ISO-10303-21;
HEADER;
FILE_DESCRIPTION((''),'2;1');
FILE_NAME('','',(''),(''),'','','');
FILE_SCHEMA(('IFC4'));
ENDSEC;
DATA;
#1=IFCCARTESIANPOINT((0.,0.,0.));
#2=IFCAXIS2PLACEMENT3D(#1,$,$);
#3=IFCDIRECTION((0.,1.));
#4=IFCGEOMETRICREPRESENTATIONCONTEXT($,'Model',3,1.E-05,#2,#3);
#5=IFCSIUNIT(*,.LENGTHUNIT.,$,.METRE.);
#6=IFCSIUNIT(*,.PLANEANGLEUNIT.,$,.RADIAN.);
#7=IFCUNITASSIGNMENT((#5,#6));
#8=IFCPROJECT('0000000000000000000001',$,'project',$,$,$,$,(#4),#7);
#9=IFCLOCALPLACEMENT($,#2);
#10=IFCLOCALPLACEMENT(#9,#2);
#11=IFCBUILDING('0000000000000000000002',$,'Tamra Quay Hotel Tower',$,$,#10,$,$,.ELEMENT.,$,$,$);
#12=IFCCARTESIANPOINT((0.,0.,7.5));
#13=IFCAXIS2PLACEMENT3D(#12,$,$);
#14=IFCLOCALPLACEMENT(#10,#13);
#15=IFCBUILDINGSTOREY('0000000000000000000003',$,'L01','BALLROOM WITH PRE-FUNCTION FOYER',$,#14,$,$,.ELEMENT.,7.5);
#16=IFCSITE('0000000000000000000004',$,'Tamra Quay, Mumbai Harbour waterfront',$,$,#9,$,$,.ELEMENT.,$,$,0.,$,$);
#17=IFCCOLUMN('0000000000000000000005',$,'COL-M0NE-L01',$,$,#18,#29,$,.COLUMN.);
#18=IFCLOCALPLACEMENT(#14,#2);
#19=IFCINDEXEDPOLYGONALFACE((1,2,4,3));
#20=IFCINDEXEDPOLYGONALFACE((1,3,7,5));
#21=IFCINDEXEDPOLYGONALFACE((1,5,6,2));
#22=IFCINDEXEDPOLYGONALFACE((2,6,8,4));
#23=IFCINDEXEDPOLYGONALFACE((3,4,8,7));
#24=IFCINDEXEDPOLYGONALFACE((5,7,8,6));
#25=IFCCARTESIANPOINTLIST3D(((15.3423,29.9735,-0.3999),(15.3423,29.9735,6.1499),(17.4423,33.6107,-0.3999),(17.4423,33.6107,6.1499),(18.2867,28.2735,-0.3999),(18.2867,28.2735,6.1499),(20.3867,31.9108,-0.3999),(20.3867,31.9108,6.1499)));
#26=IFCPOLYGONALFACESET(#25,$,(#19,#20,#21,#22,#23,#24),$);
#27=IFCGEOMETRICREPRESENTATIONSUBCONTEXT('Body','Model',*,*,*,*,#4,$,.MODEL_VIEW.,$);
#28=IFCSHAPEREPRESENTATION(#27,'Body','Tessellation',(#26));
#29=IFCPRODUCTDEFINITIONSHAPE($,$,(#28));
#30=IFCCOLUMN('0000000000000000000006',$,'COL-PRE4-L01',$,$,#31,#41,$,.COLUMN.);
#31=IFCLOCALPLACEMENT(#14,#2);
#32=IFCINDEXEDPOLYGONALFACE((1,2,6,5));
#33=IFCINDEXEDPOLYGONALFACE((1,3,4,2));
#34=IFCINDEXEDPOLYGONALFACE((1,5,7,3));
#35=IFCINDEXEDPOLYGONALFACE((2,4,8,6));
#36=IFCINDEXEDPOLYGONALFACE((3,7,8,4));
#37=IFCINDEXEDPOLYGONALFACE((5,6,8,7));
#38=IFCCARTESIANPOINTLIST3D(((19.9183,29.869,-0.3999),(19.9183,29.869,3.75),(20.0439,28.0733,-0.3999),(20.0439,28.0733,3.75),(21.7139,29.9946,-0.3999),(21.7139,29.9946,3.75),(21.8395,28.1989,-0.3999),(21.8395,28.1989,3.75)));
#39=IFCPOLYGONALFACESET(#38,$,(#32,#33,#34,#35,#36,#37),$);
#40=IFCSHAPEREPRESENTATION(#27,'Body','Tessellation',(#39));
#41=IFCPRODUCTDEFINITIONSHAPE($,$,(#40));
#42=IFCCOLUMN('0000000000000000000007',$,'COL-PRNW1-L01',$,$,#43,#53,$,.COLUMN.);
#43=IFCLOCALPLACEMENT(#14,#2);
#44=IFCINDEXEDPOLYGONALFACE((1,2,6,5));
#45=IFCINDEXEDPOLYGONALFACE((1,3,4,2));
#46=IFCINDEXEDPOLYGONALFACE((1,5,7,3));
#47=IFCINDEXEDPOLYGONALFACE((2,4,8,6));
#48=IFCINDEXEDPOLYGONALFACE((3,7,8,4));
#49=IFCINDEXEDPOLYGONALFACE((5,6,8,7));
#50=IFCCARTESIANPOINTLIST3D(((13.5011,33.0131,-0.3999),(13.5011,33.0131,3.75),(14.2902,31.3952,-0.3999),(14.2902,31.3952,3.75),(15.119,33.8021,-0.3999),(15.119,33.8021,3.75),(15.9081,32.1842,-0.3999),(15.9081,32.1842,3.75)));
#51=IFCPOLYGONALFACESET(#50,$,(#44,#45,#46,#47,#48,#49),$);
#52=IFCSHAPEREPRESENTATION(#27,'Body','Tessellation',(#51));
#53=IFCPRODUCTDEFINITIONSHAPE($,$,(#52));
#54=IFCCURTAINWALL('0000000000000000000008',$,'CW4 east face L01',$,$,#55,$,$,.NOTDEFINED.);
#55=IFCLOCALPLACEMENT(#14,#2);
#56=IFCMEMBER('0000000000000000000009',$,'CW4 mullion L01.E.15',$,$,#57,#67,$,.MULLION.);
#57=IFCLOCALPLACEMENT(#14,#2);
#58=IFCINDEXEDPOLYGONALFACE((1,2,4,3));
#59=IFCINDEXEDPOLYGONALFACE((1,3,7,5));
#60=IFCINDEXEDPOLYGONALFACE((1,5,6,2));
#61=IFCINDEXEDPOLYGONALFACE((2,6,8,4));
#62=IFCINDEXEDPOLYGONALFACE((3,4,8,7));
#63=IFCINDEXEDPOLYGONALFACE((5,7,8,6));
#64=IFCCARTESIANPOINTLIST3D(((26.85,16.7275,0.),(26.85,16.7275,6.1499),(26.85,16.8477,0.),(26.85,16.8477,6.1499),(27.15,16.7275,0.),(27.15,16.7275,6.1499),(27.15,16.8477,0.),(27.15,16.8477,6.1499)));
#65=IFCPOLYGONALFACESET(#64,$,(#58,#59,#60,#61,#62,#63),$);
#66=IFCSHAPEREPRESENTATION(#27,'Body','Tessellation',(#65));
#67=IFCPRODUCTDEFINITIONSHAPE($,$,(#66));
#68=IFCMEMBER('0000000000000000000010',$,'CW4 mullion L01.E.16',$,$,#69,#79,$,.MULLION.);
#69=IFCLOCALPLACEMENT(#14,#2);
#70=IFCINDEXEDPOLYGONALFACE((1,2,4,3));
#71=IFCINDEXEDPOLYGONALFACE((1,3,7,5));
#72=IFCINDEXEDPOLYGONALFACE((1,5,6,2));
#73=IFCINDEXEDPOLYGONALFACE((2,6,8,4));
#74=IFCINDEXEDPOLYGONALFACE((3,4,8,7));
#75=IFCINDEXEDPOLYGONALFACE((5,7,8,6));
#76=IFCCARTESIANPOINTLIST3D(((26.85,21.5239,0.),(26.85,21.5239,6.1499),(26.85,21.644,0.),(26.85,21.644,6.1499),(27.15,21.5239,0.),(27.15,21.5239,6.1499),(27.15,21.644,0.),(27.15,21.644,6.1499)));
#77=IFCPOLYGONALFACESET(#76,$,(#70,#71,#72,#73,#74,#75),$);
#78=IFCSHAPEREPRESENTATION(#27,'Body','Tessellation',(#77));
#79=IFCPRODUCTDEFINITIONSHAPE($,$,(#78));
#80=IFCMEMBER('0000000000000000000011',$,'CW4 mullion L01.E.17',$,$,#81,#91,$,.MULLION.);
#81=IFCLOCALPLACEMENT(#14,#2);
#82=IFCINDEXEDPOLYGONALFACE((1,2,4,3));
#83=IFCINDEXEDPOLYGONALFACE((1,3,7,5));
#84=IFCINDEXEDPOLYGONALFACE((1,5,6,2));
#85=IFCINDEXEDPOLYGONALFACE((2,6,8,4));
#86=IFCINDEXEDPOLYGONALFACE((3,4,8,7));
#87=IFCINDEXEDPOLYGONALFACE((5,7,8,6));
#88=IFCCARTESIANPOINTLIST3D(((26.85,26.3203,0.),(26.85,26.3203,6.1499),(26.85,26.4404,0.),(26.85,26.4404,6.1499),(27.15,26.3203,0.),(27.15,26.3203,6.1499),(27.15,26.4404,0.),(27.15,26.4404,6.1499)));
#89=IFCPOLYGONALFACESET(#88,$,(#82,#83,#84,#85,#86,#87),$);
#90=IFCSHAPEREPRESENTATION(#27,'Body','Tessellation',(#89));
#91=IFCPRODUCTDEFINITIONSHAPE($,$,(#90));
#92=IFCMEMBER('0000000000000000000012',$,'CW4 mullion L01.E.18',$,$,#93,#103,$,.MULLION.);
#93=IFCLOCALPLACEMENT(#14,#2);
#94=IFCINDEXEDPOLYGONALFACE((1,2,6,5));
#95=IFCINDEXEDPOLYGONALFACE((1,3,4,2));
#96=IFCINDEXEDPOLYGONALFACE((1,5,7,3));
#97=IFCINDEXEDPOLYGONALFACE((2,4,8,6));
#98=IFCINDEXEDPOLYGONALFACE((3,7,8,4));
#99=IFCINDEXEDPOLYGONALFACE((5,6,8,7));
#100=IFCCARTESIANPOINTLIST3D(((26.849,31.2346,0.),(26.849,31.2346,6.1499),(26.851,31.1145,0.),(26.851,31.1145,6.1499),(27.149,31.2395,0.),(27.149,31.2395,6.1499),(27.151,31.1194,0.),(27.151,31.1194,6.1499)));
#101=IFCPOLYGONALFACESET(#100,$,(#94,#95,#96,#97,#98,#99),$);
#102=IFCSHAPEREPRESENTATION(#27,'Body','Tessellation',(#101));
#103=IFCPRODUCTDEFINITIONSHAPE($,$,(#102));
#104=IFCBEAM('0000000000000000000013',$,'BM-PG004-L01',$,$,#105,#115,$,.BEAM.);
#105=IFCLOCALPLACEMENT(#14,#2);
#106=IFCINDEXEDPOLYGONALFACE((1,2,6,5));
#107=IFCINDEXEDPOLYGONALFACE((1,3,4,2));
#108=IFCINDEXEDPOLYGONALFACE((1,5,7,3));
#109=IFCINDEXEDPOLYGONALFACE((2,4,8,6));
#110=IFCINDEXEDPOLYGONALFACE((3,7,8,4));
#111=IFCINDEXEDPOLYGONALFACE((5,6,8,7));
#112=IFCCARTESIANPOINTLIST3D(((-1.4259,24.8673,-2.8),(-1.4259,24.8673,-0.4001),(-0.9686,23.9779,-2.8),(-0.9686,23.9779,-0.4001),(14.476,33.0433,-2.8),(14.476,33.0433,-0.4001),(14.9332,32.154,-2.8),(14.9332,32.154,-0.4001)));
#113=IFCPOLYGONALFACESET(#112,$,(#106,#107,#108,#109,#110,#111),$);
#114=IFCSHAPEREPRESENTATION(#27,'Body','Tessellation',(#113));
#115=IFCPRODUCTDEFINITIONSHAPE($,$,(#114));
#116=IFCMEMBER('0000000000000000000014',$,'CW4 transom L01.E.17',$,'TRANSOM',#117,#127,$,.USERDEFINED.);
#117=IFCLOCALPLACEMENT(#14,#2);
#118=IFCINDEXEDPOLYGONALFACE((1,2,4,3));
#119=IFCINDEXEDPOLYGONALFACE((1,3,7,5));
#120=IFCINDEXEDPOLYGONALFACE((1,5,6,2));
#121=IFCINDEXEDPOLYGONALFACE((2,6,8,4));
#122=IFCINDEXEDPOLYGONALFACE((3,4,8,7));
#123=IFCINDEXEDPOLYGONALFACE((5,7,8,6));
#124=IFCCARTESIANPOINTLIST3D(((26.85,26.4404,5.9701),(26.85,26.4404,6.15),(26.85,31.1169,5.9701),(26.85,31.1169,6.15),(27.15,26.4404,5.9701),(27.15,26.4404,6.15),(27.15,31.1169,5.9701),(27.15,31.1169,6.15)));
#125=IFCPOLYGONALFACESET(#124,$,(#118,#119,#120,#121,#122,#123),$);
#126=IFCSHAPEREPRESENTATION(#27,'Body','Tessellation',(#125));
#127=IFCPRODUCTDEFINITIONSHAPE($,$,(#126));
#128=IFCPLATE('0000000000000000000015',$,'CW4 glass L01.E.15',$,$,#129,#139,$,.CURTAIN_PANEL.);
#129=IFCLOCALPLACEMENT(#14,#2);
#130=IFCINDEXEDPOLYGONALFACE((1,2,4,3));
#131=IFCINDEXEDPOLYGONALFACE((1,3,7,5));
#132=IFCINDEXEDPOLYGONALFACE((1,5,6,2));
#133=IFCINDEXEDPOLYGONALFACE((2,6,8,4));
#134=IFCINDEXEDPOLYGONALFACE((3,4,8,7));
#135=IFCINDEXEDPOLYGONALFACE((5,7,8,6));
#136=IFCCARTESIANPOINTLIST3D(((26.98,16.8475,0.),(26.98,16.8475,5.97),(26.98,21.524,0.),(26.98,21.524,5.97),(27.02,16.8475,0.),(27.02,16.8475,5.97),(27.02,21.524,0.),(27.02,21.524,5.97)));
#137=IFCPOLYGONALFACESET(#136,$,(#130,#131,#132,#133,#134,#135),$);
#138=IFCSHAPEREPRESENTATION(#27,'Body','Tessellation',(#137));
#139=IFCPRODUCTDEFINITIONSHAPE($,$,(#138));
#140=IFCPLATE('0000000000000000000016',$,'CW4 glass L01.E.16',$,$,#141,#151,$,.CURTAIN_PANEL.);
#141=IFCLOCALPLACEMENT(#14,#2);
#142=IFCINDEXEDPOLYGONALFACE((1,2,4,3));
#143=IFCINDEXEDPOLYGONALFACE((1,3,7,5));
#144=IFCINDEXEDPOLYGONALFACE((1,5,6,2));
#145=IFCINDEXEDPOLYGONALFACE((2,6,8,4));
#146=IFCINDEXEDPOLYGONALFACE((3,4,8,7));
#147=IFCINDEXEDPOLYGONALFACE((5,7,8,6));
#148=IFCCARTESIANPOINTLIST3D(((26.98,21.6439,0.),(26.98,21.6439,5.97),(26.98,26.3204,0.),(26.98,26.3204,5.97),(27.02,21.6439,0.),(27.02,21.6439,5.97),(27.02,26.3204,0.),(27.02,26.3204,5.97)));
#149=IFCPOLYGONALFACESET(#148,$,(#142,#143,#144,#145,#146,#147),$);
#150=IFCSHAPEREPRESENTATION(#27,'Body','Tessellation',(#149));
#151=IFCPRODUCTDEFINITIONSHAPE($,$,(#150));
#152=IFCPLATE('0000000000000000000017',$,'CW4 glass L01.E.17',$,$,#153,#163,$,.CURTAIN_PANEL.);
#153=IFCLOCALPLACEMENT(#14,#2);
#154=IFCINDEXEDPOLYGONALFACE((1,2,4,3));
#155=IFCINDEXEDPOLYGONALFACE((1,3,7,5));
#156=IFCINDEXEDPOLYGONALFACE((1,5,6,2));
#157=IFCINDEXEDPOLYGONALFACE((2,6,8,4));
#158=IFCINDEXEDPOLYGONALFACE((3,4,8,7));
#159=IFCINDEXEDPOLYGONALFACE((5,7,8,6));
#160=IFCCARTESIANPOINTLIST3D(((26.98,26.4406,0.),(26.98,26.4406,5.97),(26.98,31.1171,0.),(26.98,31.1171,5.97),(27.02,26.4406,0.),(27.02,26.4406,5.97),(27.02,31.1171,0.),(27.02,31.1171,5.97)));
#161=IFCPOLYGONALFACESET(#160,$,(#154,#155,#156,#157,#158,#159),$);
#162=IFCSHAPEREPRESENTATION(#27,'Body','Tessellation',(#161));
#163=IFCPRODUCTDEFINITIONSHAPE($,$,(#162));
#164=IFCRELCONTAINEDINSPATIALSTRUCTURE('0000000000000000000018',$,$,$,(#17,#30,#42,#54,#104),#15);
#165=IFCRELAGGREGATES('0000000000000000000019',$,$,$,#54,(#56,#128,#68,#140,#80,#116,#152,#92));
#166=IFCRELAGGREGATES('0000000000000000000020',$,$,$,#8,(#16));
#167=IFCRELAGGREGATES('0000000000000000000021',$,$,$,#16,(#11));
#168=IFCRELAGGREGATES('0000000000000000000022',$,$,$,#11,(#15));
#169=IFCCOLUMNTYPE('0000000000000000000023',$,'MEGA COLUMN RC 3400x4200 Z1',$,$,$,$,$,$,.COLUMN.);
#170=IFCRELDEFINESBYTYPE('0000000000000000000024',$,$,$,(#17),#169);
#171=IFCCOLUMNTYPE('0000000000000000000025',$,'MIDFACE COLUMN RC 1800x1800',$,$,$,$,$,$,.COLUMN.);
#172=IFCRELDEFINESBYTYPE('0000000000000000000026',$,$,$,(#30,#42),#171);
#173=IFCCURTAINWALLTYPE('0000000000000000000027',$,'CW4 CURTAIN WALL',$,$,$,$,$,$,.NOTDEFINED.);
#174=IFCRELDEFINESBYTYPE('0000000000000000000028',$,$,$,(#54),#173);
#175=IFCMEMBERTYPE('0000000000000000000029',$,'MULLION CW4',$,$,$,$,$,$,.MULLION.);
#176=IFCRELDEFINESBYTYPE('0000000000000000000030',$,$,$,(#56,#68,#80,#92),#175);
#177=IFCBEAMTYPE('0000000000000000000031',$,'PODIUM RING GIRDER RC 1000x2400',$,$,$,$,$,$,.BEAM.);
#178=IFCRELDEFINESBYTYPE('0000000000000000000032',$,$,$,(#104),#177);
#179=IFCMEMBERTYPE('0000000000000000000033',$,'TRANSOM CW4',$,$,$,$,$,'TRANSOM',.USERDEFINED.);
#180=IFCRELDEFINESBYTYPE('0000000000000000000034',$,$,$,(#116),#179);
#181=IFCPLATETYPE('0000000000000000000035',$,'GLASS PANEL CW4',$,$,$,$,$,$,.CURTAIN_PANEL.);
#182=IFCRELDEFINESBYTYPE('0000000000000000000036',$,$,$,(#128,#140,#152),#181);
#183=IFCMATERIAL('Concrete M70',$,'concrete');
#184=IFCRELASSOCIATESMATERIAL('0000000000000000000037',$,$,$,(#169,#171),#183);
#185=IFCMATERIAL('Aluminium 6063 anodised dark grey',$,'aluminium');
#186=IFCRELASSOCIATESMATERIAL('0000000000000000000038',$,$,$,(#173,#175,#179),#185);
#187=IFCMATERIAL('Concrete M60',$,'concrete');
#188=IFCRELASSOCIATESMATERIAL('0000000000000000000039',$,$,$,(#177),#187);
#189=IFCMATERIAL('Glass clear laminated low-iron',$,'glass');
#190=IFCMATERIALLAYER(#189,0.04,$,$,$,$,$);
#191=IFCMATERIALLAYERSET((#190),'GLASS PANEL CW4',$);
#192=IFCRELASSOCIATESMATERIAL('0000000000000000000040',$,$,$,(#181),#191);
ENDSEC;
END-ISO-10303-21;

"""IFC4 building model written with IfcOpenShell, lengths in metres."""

from ifc_helpers import new_model, si_unit, direction, frame, origin, origin_2d, place, context, subcontext, project, spatial, rectangle, extrude, material, layer, layer_set, material_profile, profile_set, type_object, element, aggregate, save


model = new_model("IFC4")

# Units and contexts
model_context = context("Model", 3, precision=1e-05, world=origin(), true_north=direction((0.0, 1.0)))
body_context = subcontext(model_context, "Body", "Model", "MODEL_VIEW")
ifc_project = project(units=[si_unit("LENGTHUNIT", "METRE"), si_unit("PLANEANGLEUNIT", "RADIAN")], contexts=[model_context])

# Site, building, storey
site_placement = place(None, origin())
site = spatial("IfcSite", under=ifc_project, at=site_placement, Name="Tamra Quay, Mumbai Harbour waterfront", CompositionType="ELEMENT", RefElevation=0.0)
building_placement = place(site_placement, origin())
building = spatial("IfcBuilding", under=site, at=building_placement, Name="Tamra Quay Hotel Tower", CompositionType="ELEMENT")
storey_placement = place(building_placement, frame((0.0, 0.0, 7.5)))
storey = spatial("IfcBuildingStorey", under=building, at=storey_placement, Name="L01", Description="BALLROOM WITH PRE-FUNCTION FOYER", CompositionType="ELEMENT", Elevation=7.5)

# Columns
ifc_material_1 = material(Name="Concrete M70", Category="concrete")
ifc_material_profile_1 = material_profile(ifc_material_1, rectangle(XDim=4.2, YDim=3.3999, at=origin_2d()), Name="MEGA COLUMN RC 3400x4200 Z1")
ifc_profile_set_1 = profile_set([ifc_material_profile_1], Name="Concrete M70")
column_type_1 = type_object("IfcColumnType", Name="MEGA COLUMN RC 3400x4200 Z1", PredefinedType="COLUMN", material=ifc_profile_set_1)
column_placement = place(storey_placement, frame((17.8645, 30.9421, -0.3999), z_axis=(0.0, 0.0, 1.0), x_axis=(0.5, 0.866025, 0.0)))
element("IfcColumn", 1, at=column_placement, inside=storey, type_object=column_type_1, Name="COL-M0NE-L01", PredefinedType="COLUMN", context=body_context, shape_type="SweptSolid", body=[
    extrude(rectangle(XDim=4.2, YDim=3.3999, at=origin_2d()), origin(), (0.0, 0.0, 1.0), 6.5498),
])
ifc_material_profile_2 = material_profile(ifc_material_1, rectangle(XDim=1.8, YDim=1.8, at=origin_2d()), Name="MIDFACE COLUMN RC 1800x1800")
ifc_profile_set_2 = profile_set([ifc_material_profile_2], Name="Concrete M70")
column_type_2 = type_object("IfcColumnType", Name="MIDFACE COLUMN RC 1800x1800", PredefinedType="COLUMN", material=ifc_profile_set_2)
for number, where, z_axis, x_axis, name in (
    (2, (20.8789, 29.0339, -0.3999), (0.0, 0.0, 1.0), (0.997562, 0.06979, 0.0), "COL-PRE4-L01"),
    (3, (14.7046, 32.5986, -0.3999), (0.0, 0.0, 1.0), (-0.438341, 0.898809, 0.0), "COL-PRNW1-L01"),
):
    element("IfcColumn", number, at=place(storey_placement, frame(where, z_axis=z_axis, x_axis=x_axis)), inside=storey, type_object=column_type_2, Name=name, PredefinedType="COLUMN", context=body_context, shape_type="SweptSolid", body=[
        extrude(rectangle(XDim=1.8, YDim=1.8, at=origin_2d()), origin(), (0.0, 0.0, 1.0), 4.1499),
    ])

# Curtain wall, members
ifc_material_2 = material(Name="Aluminium 6063 anodised dark grey", Category="aluminium")
curtain_wall_type = type_object("IfcCurtainWallType", Name="CW4 CURTAIN WALL", PredefinedType="NOTDEFINED", material=ifc_material_2)
curtain_wall_placement = place(storey_placement, origin())
curtain_wall = element("IfcCurtainWall", 4, at=curtain_wall_placement, inside=storey, type_object=curtain_wall_type, Name="CW4 east face L01", PredefinedType="NOTDEFINED")
ifc_material_profile_3 = material_profile(ifc_material_2, rectangle(XDim=0.3, YDim=0.1201, at=origin_2d()), Name="MULLION 120X300")
ifc_profile_set_3 = profile_set([ifc_material_profile_3], Name="Aluminium 6063 anodised dark grey")
member_type_1 = type_object("IfcMemberType", Name="MULLION CW4", PredefinedType="MULLION", material=ifc_profile_set_3)
member_1_placement = place(storey_placement, frame((27.0, 16.7876, 0.0), z_axis=(0.0, 0.0, 1.0), x_axis=(1.0, 0.0, 0.0)))
member_1 = element("IfcMember", 5, at=member_1_placement, type_object=member_type_1, Name="CW4 mullion L01.E.15", PredefinedType="MULLION", context=body_context, shape_type="SweptSolid", body=[
    extrude(rectangle(XDim=0.3, YDim=0.1201, at=origin_2d()), origin(), (0.0, 0.0, 1.0), 6.1499),
])
member_2_placement = place(storey_placement, frame((27.0, 21.584, 0.0), z_axis=(0.0, 0.0, 1.0), x_axis=(1.0, 0.0, 0.0)))
member_2 = element("IfcMember", 6, at=member_2_placement, type_object=member_type_1, Name="CW4 mullion L01.E.16", PredefinedType="MULLION", context=body_context, shape_type="SweptSolid", body=[
    extrude(rectangle(XDim=0.3, YDim=0.1201, at=origin_2d()), origin(), (0.0, 0.0, 1.0), 6.1499),
])
member_3_placement = place(storey_placement, frame((27.0, 26.3804, 0.0), z_axis=(0.0, 0.0, 1.0), x_axis=(1.0, 0.0, 0.0)))
member_3 = element("IfcMember", 7, at=member_3_placement, type_object=member_type_1, Name="CW4 mullion L01.E.17", PredefinedType="MULLION", context=body_context, shape_type="SweptSolid", body=[
    extrude(rectangle(XDim=0.3, YDim=0.1201, at=origin_2d()), origin(), (0.0, 0.0, 1.0), 6.1499),
])
member_4_placement = place(storey_placement, frame((27.0, 31.177, 0.0), z_axis=(0.0, 0.0, 1.0), x_axis=(0.999866, 0.016362, 0.0)))
member_4 = element("IfcMember", 8, at=member_4_placement, type_object=member_type_1, Name="CW4 mullion L01.E.18", PredefinedType="MULLION", context=body_context, shape_type="SweptSolid", body=[
    extrude(rectangle(XDim=0.3, YDim=0.1201, at=origin_2d()), origin(), (0.0, 0.0, 1.0), 6.1499),
])

# Beam
ifc_material_3 = material(Name="Concrete M60", Category="concrete")
ifc_material_profile_4 = material_profile(ifc_material_3, rectangle(XDim=1.0, YDim=2.3999, at=origin_2d()), Name="PODIUM RING GIRDER RC 1000x2400")
ifc_profile_set_4 = profile_set([ifc_material_profile_4], Name="Concrete M60")
beam_type = type_object("IfcBeamType", Name="PODIUM RING GIRDER RC 1000x2400", PredefinedType="BEAM", material=ifc_profile_set_4)
beam_placement = place(storey_placement, frame((14.7046, 32.5986, -1.6001), z_axis=(-0.889335, -0.457256, 0.0), x_axis=(0.457256, -0.889335, 0.0)))
element("IfcBeam", 9, at=beam_placement, inside=storey, type_object=beam_type, Name="BM-PG004-L01", PredefinedType="BEAM", context=body_context, shape_type="SweptSolid", body=[
    extrude(rectangle(XDim=1.0, YDim=2.3999, at=origin_2d()), origin(), (0.0, 0.0, 1.0), 17.8806),
])

# Member
ifc_material_profile_5 = material_profile(ifc_material_2, rectangle(XDim=0.3, YDim=0.1799, at=origin_2d()), Name="TRANSOM 300X180")
ifc_profile_set_5 = profile_set([ifc_material_profile_5], Name="Aluminium 6063 anodised dark grey")
member_type_2 = type_object("IfcMemberType", Name="TRANSOM CW4", ElementType="TRANSOM", PredefinedType="USERDEFINED", material=ifc_profile_set_5)
member_5_placement = place(storey_placement, frame((27.0, 26.4404, 6.0601), z_axis=(0.0, 1.0, 0.0), x_axis=(-1.0, 0.0, 0.0)))
member_5 = element("IfcMember", 10, at=member_5_placement, type_object=member_type_2, Name="CW4 transom L01.E.17", ObjectType="TRANSOM", PredefinedType="USERDEFINED", context=body_context, shape_type="SweptSolid", body=[
    extrude(rectangle(XDim=0.3, YDim=0.1799, at=origin_2d()), origin(), (0.0, 0.0, 1.0), 4.6765),
])

# Plates
ifc_material_4 = material(Name="Glass clear laminated low-iron", Category="glass")
ifc_layer_1 = layer(ifc_material_4, 0.04)
ifc_layer_set_1 = layer_set([ifc_layer_1], Name="GLASS PANEL CW4")
plate_type = type_object("IfcPlateType", Name="GLASS PANEL CW4", PredefinedType="CURTAIN_PANEL", material=ifc_layer_set_1)
plate_1_placement = place(storey_placement, frame((27.0, 19.1858, 0.0), z_axis=(0.0, 0.0, 1.0), x_axis=(0.0, 1.0, 0.0)))
plate_1 = element("IfcPlate", 11, at=plate_1_placement, type_object=plate_type, Name="CW4 glass L01.E.15", PredefinedType="CURTAIN_PANEL", context=body_context, shape_type="SweptSolid", body=[
    extrude(rectangle(XDim=4.6765, YDim=0.04, at=origin_2d()), origin(), (0.0, 0.0, 1.0), 5.97),
])
plate_2_placement = place(storey_placement, frame((27.0, 23.9822, 0.0), z_axis=(0.0, 0.0, 1.0), x_axis=(0.0, 1.0, 0.0)))
plate_2 = element("IfcPlate", 12, at=plate_2_placement, type_object=plate_type, Name="CW4 glass L01.E.16", PredefinedType="CURTAIN_PANEL", context=body_context, shape_type="SweptSolid", body=[
    extrude(rectangle(XDim=4.6765, YDim=0.04, at=origin_2d()), origin(), (0.0, 0.0, 1.0), 5.97),
])
plate_3_placement = place(storey_placement, frame((27.0, 28.7788, 0.0), z_axis=(0.0, 0.0, 1.0), x_axis=(0.0, 1.0, 0.0)))
plate_3 = element("IfcPlate", 13, at=plate_3_placement, type_object=plate_type, Name="CW4 glass L01.E.17", PredefinedType="CURTAIN_PANEL", context=body_context, shape_type="SweptSolid", body=[
    extrude(rectangle(XDim=4.6765, YDim=0.04, at=origin_2d()), origin(), (0.0, 0.0, 1.0), 5.97),
])
aggregate(curtain_wall, [member_1, plate_1, member_2, plate_2, member_3, member_5, plate_3, member_4])

save(model, "model.ifc")
